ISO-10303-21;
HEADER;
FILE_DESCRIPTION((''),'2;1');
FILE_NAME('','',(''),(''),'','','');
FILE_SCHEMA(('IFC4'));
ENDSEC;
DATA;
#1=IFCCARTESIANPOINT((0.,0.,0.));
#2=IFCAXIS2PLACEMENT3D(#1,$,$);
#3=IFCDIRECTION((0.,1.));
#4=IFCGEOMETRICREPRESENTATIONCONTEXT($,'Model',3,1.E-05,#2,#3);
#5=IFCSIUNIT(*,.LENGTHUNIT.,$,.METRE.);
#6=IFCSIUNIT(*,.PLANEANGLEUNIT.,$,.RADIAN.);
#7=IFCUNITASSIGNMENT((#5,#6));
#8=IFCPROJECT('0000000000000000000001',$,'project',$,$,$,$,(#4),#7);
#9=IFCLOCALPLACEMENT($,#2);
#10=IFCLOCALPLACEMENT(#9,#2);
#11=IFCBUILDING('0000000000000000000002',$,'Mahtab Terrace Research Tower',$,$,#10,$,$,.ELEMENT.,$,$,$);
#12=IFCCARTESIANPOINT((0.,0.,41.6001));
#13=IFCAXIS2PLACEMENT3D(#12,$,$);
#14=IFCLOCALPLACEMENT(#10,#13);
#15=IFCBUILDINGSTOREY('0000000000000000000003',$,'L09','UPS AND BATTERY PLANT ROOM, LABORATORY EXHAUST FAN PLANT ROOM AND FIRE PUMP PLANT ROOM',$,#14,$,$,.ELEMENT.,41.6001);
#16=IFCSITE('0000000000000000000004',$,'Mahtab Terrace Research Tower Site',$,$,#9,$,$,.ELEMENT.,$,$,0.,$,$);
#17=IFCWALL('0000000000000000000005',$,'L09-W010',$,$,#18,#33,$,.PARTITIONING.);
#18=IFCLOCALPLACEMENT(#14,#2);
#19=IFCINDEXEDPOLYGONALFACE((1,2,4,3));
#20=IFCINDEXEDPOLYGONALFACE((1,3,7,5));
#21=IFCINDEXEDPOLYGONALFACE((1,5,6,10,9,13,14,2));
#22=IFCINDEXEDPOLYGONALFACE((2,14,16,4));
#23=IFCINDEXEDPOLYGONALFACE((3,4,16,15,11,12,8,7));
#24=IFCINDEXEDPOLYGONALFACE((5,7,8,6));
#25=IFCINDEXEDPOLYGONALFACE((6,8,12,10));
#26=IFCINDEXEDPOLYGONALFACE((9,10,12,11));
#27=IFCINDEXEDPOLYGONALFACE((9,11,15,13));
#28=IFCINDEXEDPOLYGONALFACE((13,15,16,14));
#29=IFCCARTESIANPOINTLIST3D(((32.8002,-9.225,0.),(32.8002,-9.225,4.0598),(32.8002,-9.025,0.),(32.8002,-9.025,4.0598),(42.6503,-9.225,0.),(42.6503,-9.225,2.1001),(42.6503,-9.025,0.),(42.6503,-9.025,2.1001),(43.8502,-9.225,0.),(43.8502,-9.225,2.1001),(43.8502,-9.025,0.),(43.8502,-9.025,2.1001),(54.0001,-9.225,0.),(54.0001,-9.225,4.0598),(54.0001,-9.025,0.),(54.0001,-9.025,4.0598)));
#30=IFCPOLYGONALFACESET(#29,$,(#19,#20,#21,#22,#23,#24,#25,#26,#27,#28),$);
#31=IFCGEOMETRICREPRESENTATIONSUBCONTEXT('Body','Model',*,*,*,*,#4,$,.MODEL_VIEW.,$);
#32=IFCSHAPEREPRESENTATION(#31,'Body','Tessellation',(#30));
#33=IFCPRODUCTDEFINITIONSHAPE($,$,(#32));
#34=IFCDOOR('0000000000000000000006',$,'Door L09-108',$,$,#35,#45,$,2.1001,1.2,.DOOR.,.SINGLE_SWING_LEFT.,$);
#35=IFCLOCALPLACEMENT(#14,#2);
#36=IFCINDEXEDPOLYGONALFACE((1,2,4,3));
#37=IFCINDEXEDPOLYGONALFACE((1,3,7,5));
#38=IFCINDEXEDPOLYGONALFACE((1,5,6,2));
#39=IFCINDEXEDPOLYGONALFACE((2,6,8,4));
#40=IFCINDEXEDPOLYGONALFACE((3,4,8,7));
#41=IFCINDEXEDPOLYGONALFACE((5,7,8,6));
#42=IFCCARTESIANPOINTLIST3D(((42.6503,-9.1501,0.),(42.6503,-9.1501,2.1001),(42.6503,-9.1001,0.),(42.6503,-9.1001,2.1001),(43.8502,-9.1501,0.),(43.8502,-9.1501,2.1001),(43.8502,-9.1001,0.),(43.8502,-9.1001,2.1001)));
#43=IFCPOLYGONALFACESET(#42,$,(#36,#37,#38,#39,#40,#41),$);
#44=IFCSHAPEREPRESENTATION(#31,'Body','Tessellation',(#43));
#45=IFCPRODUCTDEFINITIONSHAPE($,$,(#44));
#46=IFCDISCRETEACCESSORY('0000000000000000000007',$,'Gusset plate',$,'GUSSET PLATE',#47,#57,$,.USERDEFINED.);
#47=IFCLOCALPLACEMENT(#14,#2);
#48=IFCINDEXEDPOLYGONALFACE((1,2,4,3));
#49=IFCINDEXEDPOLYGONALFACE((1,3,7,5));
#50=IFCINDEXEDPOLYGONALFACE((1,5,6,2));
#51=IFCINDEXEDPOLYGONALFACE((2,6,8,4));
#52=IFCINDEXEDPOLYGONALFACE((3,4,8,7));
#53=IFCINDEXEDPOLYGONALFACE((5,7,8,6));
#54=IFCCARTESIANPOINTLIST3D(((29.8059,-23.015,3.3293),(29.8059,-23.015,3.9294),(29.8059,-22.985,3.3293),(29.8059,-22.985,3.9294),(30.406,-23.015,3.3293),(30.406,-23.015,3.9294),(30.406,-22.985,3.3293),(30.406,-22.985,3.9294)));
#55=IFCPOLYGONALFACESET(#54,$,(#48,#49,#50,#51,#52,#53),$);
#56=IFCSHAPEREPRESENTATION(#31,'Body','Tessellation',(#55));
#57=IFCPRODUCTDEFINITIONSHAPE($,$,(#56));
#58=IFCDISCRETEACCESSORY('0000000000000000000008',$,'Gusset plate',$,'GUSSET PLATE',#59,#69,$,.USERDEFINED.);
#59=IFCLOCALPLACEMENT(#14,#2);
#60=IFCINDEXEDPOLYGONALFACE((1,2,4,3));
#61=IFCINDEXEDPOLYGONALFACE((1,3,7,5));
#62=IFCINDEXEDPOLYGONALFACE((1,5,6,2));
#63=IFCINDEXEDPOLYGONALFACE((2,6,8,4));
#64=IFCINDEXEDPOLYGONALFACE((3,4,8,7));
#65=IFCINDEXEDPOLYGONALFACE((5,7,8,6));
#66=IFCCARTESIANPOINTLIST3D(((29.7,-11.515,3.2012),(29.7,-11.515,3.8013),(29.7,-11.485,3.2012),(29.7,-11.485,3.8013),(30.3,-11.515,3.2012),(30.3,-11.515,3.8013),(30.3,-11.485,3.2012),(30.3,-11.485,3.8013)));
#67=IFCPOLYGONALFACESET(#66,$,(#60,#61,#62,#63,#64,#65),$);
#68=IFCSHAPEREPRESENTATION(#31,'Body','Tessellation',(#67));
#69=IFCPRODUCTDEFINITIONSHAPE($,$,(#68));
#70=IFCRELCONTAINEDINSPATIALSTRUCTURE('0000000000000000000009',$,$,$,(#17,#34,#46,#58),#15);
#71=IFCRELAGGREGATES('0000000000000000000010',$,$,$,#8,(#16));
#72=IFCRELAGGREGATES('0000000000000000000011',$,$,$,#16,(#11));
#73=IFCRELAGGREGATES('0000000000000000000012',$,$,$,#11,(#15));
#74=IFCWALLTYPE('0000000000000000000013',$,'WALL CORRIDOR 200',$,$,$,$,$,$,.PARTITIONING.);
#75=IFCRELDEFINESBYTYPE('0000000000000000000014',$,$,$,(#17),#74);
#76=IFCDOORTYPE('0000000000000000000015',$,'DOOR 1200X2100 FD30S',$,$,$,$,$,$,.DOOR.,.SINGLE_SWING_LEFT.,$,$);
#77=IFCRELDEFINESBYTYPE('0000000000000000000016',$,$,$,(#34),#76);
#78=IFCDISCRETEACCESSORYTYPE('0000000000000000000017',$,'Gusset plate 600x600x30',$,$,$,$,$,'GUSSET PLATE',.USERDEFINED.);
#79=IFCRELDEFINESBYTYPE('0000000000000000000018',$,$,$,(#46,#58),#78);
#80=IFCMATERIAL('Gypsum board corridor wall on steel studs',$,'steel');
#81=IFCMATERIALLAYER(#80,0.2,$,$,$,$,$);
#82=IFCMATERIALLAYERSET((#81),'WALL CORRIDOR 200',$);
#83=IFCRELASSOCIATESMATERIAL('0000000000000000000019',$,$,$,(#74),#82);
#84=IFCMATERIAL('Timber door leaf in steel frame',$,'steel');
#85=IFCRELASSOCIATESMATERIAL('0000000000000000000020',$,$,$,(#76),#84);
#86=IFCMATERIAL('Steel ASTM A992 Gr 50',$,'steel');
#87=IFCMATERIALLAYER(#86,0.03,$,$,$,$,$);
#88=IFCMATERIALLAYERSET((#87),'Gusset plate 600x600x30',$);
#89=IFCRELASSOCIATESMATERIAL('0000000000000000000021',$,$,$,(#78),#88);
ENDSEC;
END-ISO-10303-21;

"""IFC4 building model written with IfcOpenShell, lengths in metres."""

from ifc_helpers import new_model, si_unit, direction, frame, frame_2d, origin, origin_2d, place, context, subcontext, project, spatial, rectangle, extrude, material, layer, layer_set, type_object, element, fill, save


model = new_model("IFC4")

# Units and contexts
model_context = context("Model", 3, precision=1e-05, world=origin(), true_north=direction((0.0, 1.0)))
body_context = subcontext(model_context, "Body", "Model", "MODEL_VIEW")
ifc_project = project(units=[si_unit("LENGTHUNIT", "METRE"), si_unit("PLANEANGLEUNIT", "RADIAN")], contexts=[model_context])

# Site, building, storey
site_placement = place(None, origin())
site = spatial("IfcSite", under=ifc_project, at=site_placement, Name="Mahtab Terrace Research Tower Site", CompositionType="ELEMENT", RefElevation=0.0)
building_placement = place(site_placement, origin())
building = spatial("IfcBuilding", under=site, at=building_placement, Name="Mahtab Terrace Research Tower", CompositionType="ELEMENT")
storey_placement = place(building_placement, frame((0.0, 0.0, 41.6001)))
storey = spatial("IfcBuildingStorey", under=building, at=storey_placement, Name="L09", Description="UPS AND BATTERY PLANT ROOM, LABORATORY EXHAUST FAN PLANT ROOM AND FIRE PUMP PLANT ROOM", CompositionType="ELEMENT", Elevation=41.6001)

# Shared definitions
ifc_material_1 = material(Name="Steel ASTM A992 Gr 50", Category="steel")

# Wall, opening, door
ifc_material_2 = material(Name="Gypsum board corridor wall on steel studs", Category="steel")
ifc_layer_1 = layer(ifc_material_2, 0.2)
ifc_layer_set_1 = layer_set([ifc_layer_1], Name="WALL CORRIDOR 200")
wall_type_1 = type_object("IfcWallType", Name="WALL CORRIDOR 200", PredefinedType="PARTITIONING", material=ifc_layer_set_1)
ifc_material_3 = material(Name="Timber door leaf in steel frame", Category="steel")
door_type_1 = type_object("IfcDoorType", Name="DOOR 1200X2100 FD30S", OperationType="SINGLE_SWING_LEFT", PredefinedType="DOOR", material=ifc_material_3)
wall_1_placement = place(storey_placement, frame((32.8, -9.125, 0.0), z_axis=(0.0, 0.0, 1.0), x_axis=(1.0, 0.0, 0.0)))
wall_1 = element("IfcWall", 1, at=wall_1_placement, inside=storey, type_object=wall_type_1, Name="L09-W010", PredefinedType="PARTITIONING", context=body_context, shape_type="SweptSolid", body=[
    extrude(rectangle(XDim=21.2, YDim=0.2, at=frame_2d((10.6001, 0.0))), origin(), (0.0, 0.0, 1.0), 4.0598),
])
opening_1_placement = place(wall_1_placement, frame((9.8501, 0.0, 0.0)))
opening_1 = element("IfcOpeningElement", 2, at=opening_1_placement, cuts=wall_1, PredefinedType="OPENING", context=body_context, shape_type="SweptSolid", body=[
    extrude(rectangle(XDim=1.2, YDim=2.1001, at=frame_2d((0.6001, 1.05))), frame((0.0, 0.1099, 0.0), z_axis=(0.0, -1.0, 0.0), x_axis=(1.0, 0.0, 0.0)), (0.0, 0.0, 1.0), 0.22),
])
door_1_placement = place(opening_1_placement, origin())
door_1 = element("IfcDoor", 3, at=door_1_placement, inside=storey, type_object=door_type_1, Name="Door L09-108", OperationType="SINGLE_SWING_LEFT", OverallHeight=2.1001, OverallWidth=1.2, PredefinedType="DOOR", context=body_context, shape_type="SweptSolid", body=[
    extrude(rectangle(XDim=1.2, YDim=2.1001, at=frame_2d((0.6001, 1.05))), frame((0.0, 0.0249, 0.0), z_axis=(0.0, -1.0, 0.0), x_axis=(1.0, 0.0, 0.0)), (0.0, 0.0, 1.0), 0.05),
])
fill(opening_1, door_1)

# Discrete accessories
ifc_layer_2 = layer(ifc_material_1, 0.03)
ifc_layer_set_2 = layer_set([ifc_layer_2], Name="Gusset plate 600x600x30")
discrete_accessory_type = type_object("IfcDiscreteAccessoryType", Name="Gusset plate 600x600x30", ElementType="GUSSET PLATE", PredefinedType="USERDEFINED", material=ifc_layer_set_2)
for number, where, z_axis, x_axis, name in (
    (4, (30.106, -23.0, 3.3293), (0.0, 0.0, 1.0), (1.0, 0.0, 0.0), "Gusset plate"),
    (5, (30.0, -11.5, 3.2012), (0.0, 0.0, 1.0), (1.0, 0.0, 0.0), "Gusset plate"),
):
    element("IfcDiscreteAccessory", number, at=place(storey_placement, frame(where, z_axis=z_axis, x_axis=x_axis)), inside=storey, type_object=discrete_accessory_type, Name=name, ObjectType="GUSSET PLATE", PredefinedType="USERDEFINED", context=body_context, shape_type="SweptSolid", body=[
        extrude(rectangle(XDim=0.6001, YDim=0.03, at=origin_2d()), origin(), (0.0, 0.0, 1.0), 0.6001),
    ])

save(model, "model.ifc")
